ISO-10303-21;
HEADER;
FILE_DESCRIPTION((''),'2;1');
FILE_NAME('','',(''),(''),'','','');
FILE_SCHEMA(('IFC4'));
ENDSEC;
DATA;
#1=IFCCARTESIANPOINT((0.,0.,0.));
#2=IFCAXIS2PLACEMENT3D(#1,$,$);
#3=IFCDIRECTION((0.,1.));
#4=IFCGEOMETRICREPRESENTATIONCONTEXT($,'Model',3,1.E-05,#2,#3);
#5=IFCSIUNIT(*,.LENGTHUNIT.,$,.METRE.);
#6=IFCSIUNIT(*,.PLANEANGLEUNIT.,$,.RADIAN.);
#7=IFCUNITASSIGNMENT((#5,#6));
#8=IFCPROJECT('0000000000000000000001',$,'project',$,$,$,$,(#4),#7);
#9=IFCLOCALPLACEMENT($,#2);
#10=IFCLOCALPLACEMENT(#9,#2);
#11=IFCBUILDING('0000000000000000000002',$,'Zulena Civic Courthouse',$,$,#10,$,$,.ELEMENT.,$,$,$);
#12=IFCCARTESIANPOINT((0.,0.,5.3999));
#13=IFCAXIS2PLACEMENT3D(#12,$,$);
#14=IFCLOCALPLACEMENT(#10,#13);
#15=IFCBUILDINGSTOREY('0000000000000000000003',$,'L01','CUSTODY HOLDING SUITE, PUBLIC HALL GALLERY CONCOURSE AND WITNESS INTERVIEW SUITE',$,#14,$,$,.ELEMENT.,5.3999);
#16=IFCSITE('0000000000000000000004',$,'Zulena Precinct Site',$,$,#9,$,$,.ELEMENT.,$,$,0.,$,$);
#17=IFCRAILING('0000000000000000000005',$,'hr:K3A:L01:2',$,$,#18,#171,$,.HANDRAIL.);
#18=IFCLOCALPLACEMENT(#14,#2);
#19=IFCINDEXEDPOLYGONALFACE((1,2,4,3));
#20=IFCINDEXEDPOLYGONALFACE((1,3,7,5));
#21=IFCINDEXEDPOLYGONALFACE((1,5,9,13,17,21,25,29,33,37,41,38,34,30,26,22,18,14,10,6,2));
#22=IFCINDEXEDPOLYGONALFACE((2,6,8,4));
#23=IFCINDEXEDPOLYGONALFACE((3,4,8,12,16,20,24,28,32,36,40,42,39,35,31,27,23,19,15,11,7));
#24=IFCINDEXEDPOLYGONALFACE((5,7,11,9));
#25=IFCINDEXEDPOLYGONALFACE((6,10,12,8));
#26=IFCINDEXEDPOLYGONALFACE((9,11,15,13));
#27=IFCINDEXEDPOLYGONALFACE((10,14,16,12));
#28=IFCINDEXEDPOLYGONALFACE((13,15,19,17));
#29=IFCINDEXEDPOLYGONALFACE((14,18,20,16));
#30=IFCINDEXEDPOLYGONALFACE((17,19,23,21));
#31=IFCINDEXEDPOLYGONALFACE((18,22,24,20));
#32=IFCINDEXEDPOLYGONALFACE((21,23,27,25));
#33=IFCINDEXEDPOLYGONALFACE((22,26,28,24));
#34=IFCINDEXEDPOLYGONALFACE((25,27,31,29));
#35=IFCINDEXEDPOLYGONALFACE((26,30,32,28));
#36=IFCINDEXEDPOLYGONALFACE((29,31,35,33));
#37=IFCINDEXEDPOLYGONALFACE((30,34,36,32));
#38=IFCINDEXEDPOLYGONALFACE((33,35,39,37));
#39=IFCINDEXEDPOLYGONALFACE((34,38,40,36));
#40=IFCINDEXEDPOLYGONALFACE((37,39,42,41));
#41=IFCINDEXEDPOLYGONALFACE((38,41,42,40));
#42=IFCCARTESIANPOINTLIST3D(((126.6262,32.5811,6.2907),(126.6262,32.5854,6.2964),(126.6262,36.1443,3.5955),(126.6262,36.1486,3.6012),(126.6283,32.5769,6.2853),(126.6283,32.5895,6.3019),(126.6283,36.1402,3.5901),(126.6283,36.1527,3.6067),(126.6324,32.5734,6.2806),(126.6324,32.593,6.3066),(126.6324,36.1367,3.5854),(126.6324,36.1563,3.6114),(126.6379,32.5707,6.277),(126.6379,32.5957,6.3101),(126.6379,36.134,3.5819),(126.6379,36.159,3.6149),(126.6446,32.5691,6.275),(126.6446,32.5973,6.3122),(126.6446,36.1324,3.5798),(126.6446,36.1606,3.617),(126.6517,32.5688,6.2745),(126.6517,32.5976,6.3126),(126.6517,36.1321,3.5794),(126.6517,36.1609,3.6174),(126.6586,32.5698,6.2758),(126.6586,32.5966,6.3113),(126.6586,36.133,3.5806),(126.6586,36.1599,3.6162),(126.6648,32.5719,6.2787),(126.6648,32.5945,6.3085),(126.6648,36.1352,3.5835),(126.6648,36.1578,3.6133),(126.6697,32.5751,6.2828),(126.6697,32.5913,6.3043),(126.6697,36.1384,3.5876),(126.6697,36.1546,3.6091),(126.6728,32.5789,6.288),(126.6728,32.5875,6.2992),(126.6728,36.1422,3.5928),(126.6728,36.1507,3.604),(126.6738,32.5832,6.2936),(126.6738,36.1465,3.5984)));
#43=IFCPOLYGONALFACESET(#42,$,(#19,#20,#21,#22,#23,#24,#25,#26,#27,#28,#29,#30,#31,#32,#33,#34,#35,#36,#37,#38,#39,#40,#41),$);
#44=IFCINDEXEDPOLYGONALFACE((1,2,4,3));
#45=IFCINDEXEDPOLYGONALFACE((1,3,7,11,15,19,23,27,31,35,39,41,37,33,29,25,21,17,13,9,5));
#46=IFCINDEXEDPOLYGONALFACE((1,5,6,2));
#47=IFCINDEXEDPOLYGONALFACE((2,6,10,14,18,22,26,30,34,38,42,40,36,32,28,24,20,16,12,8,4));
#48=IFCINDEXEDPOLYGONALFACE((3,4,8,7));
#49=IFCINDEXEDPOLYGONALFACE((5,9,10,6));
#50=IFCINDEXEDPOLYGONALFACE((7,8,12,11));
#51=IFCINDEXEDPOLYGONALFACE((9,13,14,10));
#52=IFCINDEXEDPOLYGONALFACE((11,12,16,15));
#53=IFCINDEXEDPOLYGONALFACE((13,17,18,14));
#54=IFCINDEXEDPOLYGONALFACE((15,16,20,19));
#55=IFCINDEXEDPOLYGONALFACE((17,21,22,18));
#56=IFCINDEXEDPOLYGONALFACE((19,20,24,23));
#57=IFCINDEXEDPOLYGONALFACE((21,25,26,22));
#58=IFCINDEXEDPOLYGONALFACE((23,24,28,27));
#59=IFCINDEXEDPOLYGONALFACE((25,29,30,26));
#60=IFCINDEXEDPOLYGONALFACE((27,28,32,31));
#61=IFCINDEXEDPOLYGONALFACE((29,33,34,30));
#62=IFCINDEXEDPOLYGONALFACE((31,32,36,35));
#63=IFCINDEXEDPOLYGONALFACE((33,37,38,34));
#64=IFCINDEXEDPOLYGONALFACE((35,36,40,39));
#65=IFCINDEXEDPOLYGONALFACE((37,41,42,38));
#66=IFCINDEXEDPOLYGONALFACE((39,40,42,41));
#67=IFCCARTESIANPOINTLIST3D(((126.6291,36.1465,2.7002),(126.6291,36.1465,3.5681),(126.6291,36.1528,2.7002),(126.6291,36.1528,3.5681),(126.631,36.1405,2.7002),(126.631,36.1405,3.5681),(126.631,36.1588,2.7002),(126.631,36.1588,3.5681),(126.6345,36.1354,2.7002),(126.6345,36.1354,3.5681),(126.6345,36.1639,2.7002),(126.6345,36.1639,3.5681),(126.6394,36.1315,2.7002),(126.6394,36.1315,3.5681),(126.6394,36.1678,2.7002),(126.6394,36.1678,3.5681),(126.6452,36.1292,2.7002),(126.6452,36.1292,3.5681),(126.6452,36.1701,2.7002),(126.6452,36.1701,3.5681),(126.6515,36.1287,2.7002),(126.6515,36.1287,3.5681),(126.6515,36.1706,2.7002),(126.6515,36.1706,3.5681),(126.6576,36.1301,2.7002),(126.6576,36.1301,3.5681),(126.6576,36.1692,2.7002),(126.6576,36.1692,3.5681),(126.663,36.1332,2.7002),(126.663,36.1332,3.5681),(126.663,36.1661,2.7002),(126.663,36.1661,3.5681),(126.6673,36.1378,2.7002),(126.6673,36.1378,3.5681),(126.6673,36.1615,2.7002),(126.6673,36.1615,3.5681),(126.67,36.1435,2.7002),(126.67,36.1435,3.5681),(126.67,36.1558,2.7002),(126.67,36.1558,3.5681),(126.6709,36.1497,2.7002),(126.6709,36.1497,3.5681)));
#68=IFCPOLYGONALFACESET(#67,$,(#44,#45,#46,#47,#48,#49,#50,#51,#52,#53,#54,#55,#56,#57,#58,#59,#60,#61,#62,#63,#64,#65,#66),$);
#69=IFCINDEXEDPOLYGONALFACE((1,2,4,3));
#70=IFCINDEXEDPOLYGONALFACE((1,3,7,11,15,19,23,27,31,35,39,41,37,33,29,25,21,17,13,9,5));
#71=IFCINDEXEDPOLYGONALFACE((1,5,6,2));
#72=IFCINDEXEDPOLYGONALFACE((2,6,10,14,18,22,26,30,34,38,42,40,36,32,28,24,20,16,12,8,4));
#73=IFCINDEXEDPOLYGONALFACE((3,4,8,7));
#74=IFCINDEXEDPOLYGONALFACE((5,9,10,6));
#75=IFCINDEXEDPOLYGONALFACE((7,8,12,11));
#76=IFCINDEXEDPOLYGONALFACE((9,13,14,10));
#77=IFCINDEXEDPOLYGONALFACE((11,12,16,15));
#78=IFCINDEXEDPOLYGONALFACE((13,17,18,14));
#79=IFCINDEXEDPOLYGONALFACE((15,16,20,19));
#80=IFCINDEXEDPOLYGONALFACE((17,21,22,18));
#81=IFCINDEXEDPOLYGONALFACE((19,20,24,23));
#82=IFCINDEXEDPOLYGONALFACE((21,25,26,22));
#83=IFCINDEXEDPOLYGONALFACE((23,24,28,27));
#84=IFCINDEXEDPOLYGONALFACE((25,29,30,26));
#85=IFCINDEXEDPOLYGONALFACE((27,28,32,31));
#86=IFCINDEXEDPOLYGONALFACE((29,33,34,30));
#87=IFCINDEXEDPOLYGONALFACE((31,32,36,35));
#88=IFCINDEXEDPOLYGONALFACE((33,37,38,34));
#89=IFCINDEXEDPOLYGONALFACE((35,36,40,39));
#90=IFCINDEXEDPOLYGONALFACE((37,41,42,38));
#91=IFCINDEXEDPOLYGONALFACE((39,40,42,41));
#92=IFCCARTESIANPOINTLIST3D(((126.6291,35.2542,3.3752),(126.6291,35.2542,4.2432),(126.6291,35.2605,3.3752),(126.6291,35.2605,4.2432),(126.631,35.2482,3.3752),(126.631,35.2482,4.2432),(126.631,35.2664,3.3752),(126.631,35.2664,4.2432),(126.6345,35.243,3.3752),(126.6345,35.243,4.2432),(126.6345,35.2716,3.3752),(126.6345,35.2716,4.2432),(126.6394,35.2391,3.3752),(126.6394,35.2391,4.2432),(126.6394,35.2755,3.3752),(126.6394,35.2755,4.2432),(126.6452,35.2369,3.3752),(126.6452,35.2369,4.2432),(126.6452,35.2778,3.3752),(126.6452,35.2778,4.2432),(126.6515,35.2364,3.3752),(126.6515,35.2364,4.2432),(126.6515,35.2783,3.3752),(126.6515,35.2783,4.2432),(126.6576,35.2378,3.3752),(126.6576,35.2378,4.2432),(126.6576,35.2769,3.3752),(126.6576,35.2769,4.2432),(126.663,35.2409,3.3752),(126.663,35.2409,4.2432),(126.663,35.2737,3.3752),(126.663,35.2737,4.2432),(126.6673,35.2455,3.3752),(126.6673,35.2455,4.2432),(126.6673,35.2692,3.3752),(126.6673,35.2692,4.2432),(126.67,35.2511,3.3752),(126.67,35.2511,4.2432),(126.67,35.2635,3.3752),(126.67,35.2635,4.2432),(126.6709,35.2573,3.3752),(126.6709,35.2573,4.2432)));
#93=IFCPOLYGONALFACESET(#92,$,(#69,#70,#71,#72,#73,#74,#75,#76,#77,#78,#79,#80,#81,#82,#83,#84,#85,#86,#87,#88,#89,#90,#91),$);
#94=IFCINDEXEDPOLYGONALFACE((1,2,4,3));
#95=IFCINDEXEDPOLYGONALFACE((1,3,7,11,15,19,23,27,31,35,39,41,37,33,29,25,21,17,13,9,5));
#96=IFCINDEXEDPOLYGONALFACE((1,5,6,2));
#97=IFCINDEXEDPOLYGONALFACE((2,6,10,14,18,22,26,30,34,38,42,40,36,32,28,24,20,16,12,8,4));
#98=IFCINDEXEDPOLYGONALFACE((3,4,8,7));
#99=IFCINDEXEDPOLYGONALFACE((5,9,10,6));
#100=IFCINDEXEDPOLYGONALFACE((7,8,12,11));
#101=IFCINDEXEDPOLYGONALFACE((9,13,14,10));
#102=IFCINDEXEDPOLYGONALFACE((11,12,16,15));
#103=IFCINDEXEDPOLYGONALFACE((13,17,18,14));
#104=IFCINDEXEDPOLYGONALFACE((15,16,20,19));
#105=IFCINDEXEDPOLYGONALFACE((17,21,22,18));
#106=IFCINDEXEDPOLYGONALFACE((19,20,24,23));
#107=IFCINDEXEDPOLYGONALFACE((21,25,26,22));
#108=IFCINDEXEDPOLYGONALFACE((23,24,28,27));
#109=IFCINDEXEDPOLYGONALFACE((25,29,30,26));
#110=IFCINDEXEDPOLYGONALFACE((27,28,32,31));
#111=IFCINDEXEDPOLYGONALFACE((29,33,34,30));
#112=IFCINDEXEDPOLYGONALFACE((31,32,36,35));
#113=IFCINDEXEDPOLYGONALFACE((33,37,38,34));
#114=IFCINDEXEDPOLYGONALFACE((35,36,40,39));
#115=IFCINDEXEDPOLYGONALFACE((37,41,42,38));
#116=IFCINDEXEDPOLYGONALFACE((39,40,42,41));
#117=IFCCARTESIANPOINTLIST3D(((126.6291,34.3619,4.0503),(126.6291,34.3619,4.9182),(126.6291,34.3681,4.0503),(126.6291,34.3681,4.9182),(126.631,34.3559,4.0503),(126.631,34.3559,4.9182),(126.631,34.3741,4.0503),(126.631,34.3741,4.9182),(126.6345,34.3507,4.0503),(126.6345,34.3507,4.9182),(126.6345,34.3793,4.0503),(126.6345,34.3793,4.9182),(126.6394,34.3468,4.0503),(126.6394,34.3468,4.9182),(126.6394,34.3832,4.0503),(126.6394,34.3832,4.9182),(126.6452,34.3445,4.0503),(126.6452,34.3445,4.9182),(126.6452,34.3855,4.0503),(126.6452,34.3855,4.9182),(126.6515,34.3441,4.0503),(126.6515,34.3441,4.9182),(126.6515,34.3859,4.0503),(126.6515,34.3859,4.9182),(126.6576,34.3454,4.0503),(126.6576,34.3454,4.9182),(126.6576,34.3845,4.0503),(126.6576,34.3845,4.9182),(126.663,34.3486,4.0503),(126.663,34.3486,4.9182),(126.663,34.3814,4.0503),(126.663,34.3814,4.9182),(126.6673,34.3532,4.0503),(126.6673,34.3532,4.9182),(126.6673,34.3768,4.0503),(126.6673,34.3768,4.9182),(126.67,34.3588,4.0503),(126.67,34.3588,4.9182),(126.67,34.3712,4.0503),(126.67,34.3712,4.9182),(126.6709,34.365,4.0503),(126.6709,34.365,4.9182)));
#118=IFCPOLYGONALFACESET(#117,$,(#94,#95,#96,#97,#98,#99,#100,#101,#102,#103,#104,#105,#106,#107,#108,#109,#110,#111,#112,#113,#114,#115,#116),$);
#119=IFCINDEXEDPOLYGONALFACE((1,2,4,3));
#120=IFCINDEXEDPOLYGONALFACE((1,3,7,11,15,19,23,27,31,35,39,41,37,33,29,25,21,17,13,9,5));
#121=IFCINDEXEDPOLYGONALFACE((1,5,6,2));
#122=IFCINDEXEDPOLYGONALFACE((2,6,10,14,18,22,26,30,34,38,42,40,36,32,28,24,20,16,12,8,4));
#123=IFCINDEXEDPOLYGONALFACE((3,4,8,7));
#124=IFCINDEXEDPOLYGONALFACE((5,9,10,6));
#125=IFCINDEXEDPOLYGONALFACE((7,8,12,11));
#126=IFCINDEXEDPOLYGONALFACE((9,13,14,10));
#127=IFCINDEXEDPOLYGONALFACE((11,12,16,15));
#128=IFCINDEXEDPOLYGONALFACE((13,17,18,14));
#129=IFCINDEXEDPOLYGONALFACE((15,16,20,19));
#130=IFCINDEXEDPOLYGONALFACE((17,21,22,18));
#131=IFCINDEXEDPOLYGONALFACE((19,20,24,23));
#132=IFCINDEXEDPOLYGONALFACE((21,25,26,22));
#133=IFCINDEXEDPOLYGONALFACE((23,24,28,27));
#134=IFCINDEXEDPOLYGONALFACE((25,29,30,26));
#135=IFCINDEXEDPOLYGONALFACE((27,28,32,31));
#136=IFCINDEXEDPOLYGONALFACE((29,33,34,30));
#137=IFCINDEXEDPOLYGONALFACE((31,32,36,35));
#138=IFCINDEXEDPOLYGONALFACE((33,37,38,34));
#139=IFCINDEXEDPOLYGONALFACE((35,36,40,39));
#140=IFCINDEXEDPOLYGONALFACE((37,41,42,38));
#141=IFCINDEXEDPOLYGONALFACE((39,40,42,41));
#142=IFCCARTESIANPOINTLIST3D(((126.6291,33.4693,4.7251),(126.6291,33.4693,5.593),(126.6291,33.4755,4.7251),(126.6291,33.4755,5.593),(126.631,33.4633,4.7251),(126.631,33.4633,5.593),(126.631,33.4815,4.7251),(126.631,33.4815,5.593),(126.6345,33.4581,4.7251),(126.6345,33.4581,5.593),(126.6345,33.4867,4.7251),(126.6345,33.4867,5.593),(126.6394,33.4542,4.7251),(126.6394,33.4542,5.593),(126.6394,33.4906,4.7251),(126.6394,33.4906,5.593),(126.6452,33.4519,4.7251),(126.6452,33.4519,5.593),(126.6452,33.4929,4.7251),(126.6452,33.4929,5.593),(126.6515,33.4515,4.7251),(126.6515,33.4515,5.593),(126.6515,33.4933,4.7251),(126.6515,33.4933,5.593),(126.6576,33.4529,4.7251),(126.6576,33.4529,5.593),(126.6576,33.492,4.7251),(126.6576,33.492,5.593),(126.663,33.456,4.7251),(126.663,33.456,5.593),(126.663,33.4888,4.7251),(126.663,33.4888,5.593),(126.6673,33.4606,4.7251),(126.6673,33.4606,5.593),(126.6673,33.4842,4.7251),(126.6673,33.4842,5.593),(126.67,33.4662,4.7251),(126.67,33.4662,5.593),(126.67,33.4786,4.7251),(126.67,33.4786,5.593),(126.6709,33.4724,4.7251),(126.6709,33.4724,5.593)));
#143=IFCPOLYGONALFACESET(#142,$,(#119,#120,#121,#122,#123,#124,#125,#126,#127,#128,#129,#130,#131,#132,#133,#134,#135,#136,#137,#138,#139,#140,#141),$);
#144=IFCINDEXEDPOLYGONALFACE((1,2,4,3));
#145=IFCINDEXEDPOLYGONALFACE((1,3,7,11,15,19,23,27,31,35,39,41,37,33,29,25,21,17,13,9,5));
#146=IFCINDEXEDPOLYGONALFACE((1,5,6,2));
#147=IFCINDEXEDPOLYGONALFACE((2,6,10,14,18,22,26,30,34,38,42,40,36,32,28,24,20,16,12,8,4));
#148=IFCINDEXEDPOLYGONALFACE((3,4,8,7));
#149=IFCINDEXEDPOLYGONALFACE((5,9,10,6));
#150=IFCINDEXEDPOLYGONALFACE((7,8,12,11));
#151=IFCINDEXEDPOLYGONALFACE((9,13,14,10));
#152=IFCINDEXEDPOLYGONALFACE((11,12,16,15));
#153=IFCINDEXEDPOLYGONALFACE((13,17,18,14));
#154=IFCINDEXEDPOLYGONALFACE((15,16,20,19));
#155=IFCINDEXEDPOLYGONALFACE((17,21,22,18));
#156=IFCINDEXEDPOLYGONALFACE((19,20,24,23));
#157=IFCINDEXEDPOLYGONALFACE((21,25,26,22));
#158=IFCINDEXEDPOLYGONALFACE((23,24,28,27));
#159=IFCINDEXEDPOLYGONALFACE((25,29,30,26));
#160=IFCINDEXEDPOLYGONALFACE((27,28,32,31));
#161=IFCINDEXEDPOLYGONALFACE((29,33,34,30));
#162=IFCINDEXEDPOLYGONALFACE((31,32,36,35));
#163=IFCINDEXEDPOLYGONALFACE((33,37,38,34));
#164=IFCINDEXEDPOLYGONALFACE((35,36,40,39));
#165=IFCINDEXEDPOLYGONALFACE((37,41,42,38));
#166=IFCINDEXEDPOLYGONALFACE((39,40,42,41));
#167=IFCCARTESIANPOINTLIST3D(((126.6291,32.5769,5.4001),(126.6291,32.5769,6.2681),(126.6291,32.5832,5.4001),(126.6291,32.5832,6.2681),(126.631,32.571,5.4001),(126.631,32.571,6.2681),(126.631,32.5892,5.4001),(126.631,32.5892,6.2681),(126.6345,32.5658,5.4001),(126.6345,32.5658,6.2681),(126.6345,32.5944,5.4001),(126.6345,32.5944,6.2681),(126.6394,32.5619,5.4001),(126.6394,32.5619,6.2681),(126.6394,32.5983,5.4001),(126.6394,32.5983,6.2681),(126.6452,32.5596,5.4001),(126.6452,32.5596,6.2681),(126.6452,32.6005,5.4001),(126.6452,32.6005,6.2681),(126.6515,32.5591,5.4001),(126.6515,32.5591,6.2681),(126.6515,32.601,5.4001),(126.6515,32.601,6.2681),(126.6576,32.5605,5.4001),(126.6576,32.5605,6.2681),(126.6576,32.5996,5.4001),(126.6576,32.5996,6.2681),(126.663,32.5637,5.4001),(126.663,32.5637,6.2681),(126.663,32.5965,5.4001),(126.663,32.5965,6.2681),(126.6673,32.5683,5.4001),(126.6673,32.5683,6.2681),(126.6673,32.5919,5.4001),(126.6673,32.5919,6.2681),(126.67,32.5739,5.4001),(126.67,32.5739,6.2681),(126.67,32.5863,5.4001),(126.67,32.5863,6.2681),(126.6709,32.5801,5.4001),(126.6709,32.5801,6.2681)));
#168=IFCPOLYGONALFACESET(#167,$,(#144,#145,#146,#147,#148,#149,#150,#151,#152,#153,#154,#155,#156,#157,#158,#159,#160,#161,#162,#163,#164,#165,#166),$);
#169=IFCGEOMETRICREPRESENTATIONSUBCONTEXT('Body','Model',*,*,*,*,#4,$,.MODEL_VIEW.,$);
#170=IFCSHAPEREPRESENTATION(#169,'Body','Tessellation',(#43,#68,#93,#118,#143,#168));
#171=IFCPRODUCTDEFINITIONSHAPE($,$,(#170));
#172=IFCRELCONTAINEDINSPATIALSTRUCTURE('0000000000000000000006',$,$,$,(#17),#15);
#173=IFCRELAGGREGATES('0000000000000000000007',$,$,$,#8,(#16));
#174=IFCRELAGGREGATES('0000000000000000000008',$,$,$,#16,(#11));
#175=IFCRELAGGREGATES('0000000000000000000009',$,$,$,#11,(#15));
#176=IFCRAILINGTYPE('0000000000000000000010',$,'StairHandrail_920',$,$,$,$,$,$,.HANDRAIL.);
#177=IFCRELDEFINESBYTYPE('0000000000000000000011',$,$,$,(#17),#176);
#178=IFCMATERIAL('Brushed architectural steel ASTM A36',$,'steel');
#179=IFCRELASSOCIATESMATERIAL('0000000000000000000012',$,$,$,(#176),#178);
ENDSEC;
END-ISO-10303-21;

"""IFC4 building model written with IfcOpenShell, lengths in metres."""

from ifc_helpers import new_model, si_unit, direction, frame, origin, origin_2d, place, context, subcontext, project, spatial, circle, extrude, material, type_object, element, save


model = new_model("IFC4")

# Units and contexts
model_context = context("Model", 3, precision=1e-05, world=origin(), true_north=direction((0.0, 1.0)))
body_context = subcontext(model_context, "Body", "Model", "MODEL_VIEW")
ifc_project = project(units=[si_unit("LENGTHUNIT", "METRE"), si_unit("PLANEANGLEUNIT", "RADIAN")], contexts=[model_context])

# Site, building, storey
site_placement = place(None, origin())
site = spatial("IfcSite", under=ifc_project, at=site_placement, Name="Zulena Precinct Site", CompositionType="ELEMENT", RefElevation=0.0)
building_placement = place(site_placement, origin())
building = spatial("IfcBuilding", under=site, at=building_placement, Name="Zulena Civic Courthouse", CompositionType="ELEMENT")
storey_placement = place(building_placement, frame((0.0, 0.0, 5.3999)))
storey = spatial("IfcBuildingStorey", under=building, at=storey_placement, Name="L01", Description="CUSTODY HOLDING SUITE, PUBLIC HALL GALLERY CONCOURSE AND WITNESS INTERVIEW SUITE", CompositionType="ELEMENT", Elevation=5.3999)

# Railing
ifc_material_1 = material(Name="Brushed architectural steel ASTM A36", Category="steel")
railing_type_1 = type_object("IfcRailingType", Name="StairHandrail_920", PredefinedType="HANDRAIL", material=ifc_material_1)
railing_1_placement = place(storey_placement, frame((126.6499, 36.1497, 2.7002)))
element("IfcRailing", 1, at=railing_1_placement, inside=storey, type_object=railing_type_1, Name="hr:K3A:L01:2", PredefinedType="HANDRAIL", context=body_context, shape_type="SweptSolid", body=[
    extrude(circle(Radius=0.0239, at=origin_2d()), frame((0.0, -0.0032, 0.8982), z_axis=(0.0, -0.797552, 0.60325), x_axis=(1.0, 0.0, 0.0)), (0.0, 0.0, 1.0), 4.4678),
    extrude(circle(Radius=0.021, at=origin_2d()), origin(), (0.0, 0.0, 1.0), 0.8679),
    extrude(circle(Radius=0.021, at=origin_2d()), frame((0.0, -0.8923, 0.675)), (0.0, 0.0, 1.0), 0.8679),
    extrude(circle(Radius=0.021, at=origin_2d()), frame((0.0, -1.7847, 1.3501)), (0.0, 0.0, 1.0), 0.8679),
    extrude(circle(Radius=0.021, at=origin_2d()), frame((0.0, -2.6772, 2.0249)), (0.0, 0.0, 1.0), 0.8679),
    extrude(circle(Radius=0.021, at=origin_2d()), frame((0.0, -3.5696, 2.7)), (0.0, 0.0, 1.0), 0.8679),
])

save(model, "model.ifc")
